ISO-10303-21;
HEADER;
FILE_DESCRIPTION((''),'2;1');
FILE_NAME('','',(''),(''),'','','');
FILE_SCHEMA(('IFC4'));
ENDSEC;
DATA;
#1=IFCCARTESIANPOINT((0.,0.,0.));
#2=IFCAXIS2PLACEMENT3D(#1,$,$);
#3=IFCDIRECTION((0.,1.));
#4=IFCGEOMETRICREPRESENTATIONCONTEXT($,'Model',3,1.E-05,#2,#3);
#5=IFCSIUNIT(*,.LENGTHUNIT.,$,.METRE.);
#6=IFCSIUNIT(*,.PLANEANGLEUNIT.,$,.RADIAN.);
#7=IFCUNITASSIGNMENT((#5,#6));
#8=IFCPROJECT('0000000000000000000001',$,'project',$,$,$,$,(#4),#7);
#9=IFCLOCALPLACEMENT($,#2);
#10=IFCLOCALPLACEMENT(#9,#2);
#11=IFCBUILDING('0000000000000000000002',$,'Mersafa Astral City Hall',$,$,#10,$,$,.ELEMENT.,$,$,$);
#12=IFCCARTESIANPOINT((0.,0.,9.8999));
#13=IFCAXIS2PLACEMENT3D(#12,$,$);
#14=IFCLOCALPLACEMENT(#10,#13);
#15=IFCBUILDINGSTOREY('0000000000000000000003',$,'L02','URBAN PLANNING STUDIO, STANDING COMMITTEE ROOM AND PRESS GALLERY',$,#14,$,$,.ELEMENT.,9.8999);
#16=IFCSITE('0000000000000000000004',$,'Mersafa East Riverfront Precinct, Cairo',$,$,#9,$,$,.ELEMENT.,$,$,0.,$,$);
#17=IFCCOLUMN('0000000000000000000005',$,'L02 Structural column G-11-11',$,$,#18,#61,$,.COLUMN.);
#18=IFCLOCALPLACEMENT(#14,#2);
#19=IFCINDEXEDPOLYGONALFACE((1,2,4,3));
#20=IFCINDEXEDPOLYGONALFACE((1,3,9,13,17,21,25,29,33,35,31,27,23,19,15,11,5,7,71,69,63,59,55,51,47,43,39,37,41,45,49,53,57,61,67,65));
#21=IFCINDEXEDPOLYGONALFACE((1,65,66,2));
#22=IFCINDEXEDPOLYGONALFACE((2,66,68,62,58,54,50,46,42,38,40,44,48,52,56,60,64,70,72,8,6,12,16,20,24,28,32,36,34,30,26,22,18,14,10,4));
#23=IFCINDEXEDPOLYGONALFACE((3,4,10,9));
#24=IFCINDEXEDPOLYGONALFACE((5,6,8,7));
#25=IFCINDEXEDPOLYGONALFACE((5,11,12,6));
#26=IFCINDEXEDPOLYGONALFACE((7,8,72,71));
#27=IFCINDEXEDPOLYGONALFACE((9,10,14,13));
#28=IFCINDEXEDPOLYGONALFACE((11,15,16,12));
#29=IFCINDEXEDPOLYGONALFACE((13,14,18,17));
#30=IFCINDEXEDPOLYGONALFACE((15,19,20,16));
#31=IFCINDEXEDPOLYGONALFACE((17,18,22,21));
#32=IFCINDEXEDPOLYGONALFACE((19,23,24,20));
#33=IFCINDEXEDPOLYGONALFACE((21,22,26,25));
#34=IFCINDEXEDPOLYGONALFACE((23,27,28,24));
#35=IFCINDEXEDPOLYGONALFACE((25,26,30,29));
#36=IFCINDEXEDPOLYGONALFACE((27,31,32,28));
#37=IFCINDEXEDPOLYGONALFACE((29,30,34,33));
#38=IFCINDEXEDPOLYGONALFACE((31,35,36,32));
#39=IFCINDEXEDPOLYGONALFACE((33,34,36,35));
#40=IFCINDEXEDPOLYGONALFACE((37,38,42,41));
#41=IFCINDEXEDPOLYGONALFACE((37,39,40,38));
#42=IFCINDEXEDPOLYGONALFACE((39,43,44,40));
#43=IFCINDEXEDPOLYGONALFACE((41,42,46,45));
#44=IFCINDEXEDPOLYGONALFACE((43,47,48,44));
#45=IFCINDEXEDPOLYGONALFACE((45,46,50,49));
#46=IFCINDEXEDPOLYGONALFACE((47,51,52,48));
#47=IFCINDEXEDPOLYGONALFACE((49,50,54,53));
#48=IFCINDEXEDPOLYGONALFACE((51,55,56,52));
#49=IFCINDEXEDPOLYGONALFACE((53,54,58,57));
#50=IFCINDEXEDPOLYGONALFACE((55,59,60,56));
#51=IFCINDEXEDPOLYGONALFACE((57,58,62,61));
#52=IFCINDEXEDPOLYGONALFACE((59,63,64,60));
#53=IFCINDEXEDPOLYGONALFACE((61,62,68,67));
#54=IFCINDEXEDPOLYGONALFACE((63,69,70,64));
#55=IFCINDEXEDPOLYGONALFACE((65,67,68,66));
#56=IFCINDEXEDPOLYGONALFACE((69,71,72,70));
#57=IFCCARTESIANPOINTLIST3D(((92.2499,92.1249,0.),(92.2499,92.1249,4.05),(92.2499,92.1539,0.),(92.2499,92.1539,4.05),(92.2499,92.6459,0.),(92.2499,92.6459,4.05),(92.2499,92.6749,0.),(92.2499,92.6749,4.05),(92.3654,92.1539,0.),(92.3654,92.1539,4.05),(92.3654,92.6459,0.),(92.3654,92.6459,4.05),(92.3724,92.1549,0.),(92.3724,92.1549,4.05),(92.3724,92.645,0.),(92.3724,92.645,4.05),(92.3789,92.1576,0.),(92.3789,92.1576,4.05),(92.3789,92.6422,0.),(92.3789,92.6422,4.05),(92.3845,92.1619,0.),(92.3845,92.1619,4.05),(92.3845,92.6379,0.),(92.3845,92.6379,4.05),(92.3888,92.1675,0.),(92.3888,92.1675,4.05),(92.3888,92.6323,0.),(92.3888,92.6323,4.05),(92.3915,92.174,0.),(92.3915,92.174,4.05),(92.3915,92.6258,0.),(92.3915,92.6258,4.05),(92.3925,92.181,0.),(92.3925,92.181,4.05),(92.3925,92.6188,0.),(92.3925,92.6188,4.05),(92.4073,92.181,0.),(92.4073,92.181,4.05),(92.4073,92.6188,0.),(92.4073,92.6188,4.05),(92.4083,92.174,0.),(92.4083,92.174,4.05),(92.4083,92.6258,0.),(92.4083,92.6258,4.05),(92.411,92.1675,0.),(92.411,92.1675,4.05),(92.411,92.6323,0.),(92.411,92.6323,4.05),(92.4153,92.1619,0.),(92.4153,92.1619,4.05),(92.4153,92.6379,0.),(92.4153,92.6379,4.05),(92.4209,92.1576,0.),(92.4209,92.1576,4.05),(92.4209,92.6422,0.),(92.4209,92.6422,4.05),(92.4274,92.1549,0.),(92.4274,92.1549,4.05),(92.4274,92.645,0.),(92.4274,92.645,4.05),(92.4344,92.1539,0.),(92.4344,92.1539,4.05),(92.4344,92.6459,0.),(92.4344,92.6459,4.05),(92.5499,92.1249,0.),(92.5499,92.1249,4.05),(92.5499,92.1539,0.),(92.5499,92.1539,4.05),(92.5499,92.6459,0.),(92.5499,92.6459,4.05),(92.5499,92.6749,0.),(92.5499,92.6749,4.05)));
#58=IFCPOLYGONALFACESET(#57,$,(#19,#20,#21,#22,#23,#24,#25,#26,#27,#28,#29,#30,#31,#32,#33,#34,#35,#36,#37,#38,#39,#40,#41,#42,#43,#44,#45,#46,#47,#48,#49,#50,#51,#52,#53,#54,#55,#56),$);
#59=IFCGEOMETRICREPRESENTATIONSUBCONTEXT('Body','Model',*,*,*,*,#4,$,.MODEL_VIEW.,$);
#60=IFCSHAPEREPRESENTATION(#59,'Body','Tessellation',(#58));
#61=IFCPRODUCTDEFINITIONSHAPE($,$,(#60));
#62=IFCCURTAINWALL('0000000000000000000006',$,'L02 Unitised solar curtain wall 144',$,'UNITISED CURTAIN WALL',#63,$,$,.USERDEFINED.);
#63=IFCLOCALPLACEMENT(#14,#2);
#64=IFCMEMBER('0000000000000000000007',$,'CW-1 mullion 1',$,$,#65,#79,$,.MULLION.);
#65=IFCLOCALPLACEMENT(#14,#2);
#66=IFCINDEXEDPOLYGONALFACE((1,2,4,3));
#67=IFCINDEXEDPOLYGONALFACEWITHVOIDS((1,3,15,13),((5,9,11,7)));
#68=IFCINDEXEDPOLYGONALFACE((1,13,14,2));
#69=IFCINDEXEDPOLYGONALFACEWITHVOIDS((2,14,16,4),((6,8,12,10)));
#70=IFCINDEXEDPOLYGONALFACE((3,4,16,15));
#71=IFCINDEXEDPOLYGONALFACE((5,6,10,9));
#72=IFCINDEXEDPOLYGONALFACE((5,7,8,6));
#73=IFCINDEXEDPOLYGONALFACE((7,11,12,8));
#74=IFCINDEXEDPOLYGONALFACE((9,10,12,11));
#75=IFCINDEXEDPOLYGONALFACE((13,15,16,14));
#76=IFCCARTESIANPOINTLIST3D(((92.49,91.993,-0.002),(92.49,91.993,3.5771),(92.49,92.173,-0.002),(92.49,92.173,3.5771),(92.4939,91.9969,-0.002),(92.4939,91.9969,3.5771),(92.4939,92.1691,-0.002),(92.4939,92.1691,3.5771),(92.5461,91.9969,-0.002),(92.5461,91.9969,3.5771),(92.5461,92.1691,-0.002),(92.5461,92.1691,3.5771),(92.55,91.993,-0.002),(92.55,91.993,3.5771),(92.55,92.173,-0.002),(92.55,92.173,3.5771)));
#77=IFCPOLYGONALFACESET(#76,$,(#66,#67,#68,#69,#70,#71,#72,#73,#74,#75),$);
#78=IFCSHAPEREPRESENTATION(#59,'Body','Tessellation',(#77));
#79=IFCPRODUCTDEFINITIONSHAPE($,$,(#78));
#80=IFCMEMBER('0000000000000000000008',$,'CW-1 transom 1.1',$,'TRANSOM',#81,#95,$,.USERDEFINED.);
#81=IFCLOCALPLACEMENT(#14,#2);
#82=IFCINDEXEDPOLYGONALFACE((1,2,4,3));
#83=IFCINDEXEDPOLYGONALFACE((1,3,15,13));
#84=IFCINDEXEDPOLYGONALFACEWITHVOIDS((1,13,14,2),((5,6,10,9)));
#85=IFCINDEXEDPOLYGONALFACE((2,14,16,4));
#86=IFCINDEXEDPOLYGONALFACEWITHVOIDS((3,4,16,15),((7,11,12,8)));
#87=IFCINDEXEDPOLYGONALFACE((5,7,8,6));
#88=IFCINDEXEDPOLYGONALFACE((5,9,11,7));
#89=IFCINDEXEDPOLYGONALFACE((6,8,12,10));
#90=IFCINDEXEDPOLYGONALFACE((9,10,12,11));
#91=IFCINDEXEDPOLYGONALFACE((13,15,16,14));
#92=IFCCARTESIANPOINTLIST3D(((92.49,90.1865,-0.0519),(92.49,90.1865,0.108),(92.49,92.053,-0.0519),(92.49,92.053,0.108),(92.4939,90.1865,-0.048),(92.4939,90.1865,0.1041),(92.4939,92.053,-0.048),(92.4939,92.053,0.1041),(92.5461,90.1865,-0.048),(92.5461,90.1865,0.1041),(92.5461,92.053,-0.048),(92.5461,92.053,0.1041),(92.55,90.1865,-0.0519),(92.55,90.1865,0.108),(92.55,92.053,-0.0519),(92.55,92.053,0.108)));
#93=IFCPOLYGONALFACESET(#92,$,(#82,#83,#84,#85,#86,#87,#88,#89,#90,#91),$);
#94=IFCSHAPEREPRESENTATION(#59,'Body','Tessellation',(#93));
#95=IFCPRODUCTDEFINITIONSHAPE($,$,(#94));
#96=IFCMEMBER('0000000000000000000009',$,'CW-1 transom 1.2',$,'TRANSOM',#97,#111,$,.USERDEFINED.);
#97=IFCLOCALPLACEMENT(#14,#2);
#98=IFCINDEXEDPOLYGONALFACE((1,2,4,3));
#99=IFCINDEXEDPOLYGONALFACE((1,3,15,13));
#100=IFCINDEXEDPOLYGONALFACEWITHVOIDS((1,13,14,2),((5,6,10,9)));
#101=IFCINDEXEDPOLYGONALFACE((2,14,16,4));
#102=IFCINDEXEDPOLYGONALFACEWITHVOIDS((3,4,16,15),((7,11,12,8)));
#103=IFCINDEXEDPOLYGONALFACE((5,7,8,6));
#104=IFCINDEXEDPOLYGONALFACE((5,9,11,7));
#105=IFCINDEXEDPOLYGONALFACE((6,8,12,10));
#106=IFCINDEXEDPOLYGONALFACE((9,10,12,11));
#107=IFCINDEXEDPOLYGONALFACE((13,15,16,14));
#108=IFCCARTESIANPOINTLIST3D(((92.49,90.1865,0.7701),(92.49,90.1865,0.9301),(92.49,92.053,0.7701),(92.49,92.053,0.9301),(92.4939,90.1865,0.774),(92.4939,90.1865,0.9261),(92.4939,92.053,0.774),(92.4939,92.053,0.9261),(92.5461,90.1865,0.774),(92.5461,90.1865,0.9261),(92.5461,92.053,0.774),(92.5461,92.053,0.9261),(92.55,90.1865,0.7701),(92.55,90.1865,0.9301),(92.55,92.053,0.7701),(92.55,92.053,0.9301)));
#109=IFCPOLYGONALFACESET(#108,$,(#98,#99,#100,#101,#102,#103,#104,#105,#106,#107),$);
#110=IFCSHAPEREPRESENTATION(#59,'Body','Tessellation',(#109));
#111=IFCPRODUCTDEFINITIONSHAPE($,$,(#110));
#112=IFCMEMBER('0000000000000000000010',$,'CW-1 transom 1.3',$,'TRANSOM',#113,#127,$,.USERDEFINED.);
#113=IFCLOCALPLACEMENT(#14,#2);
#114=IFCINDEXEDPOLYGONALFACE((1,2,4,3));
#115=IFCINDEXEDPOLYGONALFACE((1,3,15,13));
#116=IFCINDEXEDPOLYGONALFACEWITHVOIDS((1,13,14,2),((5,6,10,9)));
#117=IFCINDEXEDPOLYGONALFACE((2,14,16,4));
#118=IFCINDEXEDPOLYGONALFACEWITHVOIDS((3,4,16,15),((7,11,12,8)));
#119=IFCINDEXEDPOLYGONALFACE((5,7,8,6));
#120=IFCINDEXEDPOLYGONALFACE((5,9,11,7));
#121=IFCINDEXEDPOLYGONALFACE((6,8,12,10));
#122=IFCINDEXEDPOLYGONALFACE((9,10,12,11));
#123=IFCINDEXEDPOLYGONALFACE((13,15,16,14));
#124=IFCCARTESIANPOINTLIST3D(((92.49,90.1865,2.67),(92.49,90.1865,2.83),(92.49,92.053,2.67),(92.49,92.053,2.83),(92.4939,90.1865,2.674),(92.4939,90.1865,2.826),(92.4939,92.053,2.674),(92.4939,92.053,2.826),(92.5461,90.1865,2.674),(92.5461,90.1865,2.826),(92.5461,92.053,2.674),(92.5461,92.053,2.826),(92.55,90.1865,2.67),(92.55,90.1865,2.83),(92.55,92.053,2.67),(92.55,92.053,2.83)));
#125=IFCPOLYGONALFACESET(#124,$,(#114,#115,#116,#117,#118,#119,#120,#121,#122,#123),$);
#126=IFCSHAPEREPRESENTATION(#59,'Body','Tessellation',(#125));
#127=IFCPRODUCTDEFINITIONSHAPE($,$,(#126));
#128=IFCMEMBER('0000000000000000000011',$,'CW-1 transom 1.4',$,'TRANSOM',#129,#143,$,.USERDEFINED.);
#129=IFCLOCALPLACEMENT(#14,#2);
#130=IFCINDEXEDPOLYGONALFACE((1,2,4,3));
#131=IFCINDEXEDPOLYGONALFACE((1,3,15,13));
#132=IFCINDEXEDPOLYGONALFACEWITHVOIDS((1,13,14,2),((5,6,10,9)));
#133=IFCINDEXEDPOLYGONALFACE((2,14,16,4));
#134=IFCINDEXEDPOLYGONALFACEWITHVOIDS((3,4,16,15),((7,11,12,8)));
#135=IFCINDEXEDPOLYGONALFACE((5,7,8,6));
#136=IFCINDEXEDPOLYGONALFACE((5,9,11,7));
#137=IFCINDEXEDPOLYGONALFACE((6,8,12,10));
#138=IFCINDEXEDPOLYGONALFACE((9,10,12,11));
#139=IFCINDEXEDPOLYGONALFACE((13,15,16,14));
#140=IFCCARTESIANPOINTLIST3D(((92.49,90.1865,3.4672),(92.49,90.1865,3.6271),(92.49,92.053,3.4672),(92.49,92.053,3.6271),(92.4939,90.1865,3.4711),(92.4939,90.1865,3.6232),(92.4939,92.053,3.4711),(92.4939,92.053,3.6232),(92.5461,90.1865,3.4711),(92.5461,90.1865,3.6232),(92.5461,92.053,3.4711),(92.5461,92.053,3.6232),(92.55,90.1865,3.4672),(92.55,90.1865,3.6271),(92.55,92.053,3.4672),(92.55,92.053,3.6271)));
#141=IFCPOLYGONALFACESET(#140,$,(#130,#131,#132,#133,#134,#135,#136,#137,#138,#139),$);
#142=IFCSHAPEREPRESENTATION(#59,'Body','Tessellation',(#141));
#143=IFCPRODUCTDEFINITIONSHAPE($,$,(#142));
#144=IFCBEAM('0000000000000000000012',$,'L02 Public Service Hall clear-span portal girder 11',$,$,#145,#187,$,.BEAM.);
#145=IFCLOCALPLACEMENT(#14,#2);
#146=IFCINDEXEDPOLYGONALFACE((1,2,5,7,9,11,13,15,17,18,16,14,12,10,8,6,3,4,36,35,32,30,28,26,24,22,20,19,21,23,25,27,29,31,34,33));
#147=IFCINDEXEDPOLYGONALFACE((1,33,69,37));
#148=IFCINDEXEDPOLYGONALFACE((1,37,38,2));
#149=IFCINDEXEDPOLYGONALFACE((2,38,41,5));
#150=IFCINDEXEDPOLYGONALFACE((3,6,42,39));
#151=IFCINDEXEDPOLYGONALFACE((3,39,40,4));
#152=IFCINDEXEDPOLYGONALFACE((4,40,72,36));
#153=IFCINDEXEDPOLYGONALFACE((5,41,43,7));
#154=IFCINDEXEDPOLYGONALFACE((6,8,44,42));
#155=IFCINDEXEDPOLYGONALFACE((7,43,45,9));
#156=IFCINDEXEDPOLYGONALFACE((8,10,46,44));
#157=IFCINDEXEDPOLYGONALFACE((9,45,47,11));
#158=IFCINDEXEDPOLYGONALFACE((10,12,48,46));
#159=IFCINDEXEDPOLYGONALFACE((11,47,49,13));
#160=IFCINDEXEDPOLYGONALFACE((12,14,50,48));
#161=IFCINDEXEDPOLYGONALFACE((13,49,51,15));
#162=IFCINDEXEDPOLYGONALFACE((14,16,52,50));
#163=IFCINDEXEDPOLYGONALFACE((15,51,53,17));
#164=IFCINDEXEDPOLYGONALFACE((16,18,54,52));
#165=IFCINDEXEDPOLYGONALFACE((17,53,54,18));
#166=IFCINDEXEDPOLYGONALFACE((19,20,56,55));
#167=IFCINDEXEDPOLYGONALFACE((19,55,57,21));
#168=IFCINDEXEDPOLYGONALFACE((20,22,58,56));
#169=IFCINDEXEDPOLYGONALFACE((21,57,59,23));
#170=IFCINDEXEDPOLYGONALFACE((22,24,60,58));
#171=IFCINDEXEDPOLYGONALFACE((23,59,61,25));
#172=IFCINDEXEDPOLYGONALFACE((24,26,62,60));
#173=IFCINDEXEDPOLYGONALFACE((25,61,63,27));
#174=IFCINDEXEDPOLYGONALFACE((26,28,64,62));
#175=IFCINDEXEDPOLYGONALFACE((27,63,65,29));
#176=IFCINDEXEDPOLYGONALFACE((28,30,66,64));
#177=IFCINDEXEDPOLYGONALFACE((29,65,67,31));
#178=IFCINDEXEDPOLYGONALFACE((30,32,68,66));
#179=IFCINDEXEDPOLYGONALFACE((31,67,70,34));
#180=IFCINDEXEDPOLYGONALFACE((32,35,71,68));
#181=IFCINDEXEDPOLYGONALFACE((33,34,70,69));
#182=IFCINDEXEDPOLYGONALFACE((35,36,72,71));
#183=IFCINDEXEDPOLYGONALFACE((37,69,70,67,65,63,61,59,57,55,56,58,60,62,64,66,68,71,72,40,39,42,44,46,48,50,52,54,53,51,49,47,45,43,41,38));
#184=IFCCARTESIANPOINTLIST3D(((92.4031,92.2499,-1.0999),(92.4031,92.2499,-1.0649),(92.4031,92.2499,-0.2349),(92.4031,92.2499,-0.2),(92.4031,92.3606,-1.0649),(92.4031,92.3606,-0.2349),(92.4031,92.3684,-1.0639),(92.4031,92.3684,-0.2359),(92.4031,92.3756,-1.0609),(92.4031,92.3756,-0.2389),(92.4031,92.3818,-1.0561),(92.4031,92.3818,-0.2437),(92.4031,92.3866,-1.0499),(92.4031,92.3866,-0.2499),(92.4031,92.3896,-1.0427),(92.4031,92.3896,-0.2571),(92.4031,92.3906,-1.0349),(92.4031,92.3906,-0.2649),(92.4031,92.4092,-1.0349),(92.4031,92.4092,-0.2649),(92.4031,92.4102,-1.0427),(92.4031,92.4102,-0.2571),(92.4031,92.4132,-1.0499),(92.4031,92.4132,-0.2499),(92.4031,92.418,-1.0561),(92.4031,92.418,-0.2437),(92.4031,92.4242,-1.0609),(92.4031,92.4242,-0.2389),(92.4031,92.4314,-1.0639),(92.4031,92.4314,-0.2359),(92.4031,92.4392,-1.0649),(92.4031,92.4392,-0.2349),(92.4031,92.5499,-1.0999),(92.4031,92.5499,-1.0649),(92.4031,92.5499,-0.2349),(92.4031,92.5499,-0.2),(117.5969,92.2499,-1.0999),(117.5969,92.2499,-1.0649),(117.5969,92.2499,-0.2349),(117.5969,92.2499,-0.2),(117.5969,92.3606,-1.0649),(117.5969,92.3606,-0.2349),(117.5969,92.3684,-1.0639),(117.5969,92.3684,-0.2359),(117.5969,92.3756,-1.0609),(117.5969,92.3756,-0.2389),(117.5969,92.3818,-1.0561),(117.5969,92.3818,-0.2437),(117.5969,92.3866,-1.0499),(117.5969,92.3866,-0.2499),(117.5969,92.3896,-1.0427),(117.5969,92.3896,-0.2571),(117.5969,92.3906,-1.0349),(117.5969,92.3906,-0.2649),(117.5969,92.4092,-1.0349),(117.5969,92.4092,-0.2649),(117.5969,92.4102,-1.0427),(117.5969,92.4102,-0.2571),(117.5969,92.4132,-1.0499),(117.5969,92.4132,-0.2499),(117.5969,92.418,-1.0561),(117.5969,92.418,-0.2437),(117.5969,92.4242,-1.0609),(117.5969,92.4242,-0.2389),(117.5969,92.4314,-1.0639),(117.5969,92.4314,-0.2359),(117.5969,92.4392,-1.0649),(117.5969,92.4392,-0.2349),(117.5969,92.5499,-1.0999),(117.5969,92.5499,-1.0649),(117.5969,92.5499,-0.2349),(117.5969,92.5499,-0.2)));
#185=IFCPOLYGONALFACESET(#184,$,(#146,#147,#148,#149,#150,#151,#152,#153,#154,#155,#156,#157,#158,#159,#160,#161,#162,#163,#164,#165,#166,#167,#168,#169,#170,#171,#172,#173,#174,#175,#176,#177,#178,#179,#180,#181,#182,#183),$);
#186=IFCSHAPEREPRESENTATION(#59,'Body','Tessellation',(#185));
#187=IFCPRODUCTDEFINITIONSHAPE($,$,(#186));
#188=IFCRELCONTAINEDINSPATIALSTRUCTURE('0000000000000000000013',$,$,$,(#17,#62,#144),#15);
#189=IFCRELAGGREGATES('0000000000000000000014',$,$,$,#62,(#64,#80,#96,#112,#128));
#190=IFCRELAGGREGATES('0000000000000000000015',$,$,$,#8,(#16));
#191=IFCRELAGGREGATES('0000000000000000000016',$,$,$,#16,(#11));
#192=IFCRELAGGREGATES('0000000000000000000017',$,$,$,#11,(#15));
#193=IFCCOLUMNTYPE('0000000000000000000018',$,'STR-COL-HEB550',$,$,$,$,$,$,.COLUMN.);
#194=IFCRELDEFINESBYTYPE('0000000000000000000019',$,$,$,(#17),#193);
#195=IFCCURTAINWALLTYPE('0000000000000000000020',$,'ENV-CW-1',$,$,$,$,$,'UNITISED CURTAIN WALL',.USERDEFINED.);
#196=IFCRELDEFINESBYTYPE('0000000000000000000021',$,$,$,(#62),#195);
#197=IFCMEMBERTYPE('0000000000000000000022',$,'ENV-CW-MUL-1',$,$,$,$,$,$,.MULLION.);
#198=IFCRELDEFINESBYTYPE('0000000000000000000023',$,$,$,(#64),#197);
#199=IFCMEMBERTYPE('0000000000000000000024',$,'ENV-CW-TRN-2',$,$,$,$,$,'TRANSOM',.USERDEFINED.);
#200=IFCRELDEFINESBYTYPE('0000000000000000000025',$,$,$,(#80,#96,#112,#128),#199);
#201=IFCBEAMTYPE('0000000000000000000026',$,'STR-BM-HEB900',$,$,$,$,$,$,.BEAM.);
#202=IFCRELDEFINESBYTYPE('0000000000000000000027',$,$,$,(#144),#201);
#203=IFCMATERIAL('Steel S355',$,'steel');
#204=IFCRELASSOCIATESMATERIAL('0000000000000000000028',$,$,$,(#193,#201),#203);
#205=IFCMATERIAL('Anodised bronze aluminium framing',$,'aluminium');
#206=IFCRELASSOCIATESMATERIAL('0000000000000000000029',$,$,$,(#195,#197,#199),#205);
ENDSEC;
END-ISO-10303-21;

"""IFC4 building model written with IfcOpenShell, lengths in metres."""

from ifc_helpers import new_model, si_unit, direction, frame, origin, origin_2d, place, context, subcontext, project, spatial, hollow_rectangle, i_section, extrude, material, material_profile, profile_set, type_object, element, aggregate, save


model = new_model("IFC4")

# Units and contexts
model_context = context("Model", 3, precision=1e-05, world=origin(), true_north=direction((0.0, 1.0)))
body_context = subcontext(model_context, "Body", "Model", "MODEL_VIEW")
ifc_project = project(units=[si_unit("LENGTHUNIT", "METRE"), si_unit("PLANEANGLEUNIT", "RADIAN")], contexts=[model_context])

# Site, building, storey
site_placement = place(None, origin())
site = spatial("IfcSite", under=ifc_project, at=site_placement, Name="Mersafa East Riverfront Precinct, Cairo", CompositionType="ELEMENT", RefElevation=0.0)
building_placement = place(site_placement, origin())
building = spatial("IfcBuilding", under=site, at=building_placement, Name="Mersafa Astral City Hall", CompositionType="ELEMENT")
storey_placement = place(building_placement, frame((0.0, 0.0, 9.8999)))
storey = spatial("IfcBuildingStorey", under=building, at=storey_placement, Name="L02", Description="URBAN PLANNING STUDIO, STANDING COMMITTEE ROOM AND PRESS GALLERY", CompositionType="ELEMENT", Elevation=9.8999)

# Column
ifc_material_1 = material(Name="Steel S355", Category="steel")
ifc_material_profile_1 = material_profile(ifc_material_1, i_section(OverallWidth=0.3, OverallDepth=0.55, WebThickness=0.0149, FlangeThickness=0.0291, FilletRadius=0.0271, at=origin_2d()), Name="HEB 550")
ifc_profile_set_1 = profile_set([ifc_material_profile_1], Name="Steel S355")
column_type = type_object("IfcColumnType", Name="STR-COL-HEB550", PredefinedType="COLUMN", material=ifc_profile_set_1)
column_placement = place(storey_placement, frame((92.3999, 92.3999, 0.0), z_axis=(0.0, 0.0, 1.0), x_axis=(1.0, 0.0, 0.0)))
element("IfcColumn", 1, at=column_placement, inside=storey, type_object=column_type, Name="L02 Structural column G-11-11", PredefinedType="COLUMN", context=body_context, shape_type="SweptSolid", body=[
    extrude(i_section(OverallWidth=0.3, OverallDepth=0.55, WebThickness=0.0149, FlangeThickness=0.0291, FilletRadius=0.0271, at=origin_2d()), origin(), (0.0, 0.0, 1.0), 4.05),
])

# Curtain wall, members
ifc_material_2 = material(Name="Anodised bronze aluminium framing", Category="aluminium")
curtain_wall_type = type_object("IfcCurtainWallType", Name="ENV-CW-1", ElementType="UNITISED CURTAIN WALL", PredefinedType="USERDEFINED", material=ifc_material_2)
curtain_wall_placement = place(storey_placement, origin())
curtain_wall = element("IfcCurtainWall", 2, at=curtain_wall_placement, inside=storey, type_object=curtain_wall_type, Name="L02 Unitised solar curtain wall 144", ObjectType="UNITISED CURTAIN WALL", PredefinedType="USERDEFINED")
ifc_material_profile_2 = material_profile(ifc_material_2, hollow_rectangle(XDim=0.0601, YDim=0.1799, WallThickness=0.0039, at=origin_2d()), Name="RHS 60x180x4")
ifc_profile_set_2 = profile_set([ifc_material_profile_2], Name="Anodised bronze aluminium framing")
member_type_1 = type_object("IfcMemberType", Name="ENV-CW-MUL-1", PredefinedType="MULLION", material=ifc_profile_set_2)
member_1_placement = place(storey_placement, frame((92.52, 92.083, -0.002), z_axis=(0.0, 0.0, 1.0), x_axis=(1.0, 0.0, 0.0)))
member_1 = element("IfcMember", 3, at=member_1_placement, type_object=member_type_1, Name="CW-1 mullion 1", PredefinedType="MULLION", context=body_context, shape_type="SweptSolid", body=[
    extrude(hollow_rectangle(XDim=0.0601, YDim=0.1799, WallThickness=0.0039, at=origin_2d()), origin(), (0.0, 0.0, 1.0), 3.5791),
])
ifc_material_profile_3 = material_profile(ifc_material_2, hollow_rectangle(XDim=0.0601, YDim=0.1599, WallThickness=0.0039, at=origin_2d()), Name="RHS 60x160x4")
ifc_profile_set_3 = profile_set([ifc_material_profile_3], Name="Anodised bronze aluminium framing")
member_type_2 = type_object("IfcMemberType", Name="ENV-CW-TRN-2", ElementType="TRANSOM", PredefinedType="USERDEFINED", material=ifc_profile_set_3)
member_2_placement = place(storey_placement, frame((92.52, 92.053, 0.0281), z_axis=(0.0, -1.0, 0.0), x_axis=(1.0, 0.0, 0.0)))
member_2 = element("IfcMember", 4, at=member_2_placement, type_object=member_type_2, Name="CW-1 transom 1.1", ObjectType="TRANSOM", PredefinedType="USERDEFINED", context=body_context, shape_type="SweptSolid", body=[
    extrude(hollow_rectangle(XDim=0.0601, YDim=0.1599, WallThickness=0.0039, at=origin_2d()), origin(), (0.0, 0.0, 1.0), 1.8665),
])
member_3_placement = place(storey_placement, frame((92.52, 92.053, 0.8501), z_axis=(0.0, -1.0, 0.0), x_axis=(1.0, 0.0, 0.0)))
member_3 = element("IfcMember", 5, at=member_3_placement, type_object=member_type_2, Name="CW-1 transom 1.2", ObjectType="TRANSOM", PredefinedType="USERDEFINED", context=body_context, shape_type="SweptSolid", body=[
    extrude(hollow_rectangle(XDim=0.0601, YDim=0.1599, WallThickness=0.0039, at=origin_2d()), origin(), (0.0, 0.0, 1.0), 1.8665),
])
member_4_placement = place(storey_placement, frame((92.52, 92.053, 2.75), z_axis=(0.0, -1.0, 0.0), x_axis=(1.0, 0.0, 0.0)))
member_4 = element("IfcMember", 6, at=member_4_placement, type_object=member_type_2, Name="CW-1 transom 1.3", ObjectType="TRANSOM", PredefinedType="USERDEFINED", context=body_context, shape_type="SweptSolid", body=[
    extrude(hollow_rectangle(XDim=0.0601, YDim=0.1599, WallThickness=0.0039, at=origin_2d()), origin(), (0.0, 0.0, 1.0), 1.8665),
])
member_5_placement = place(storey_placement, frame((92.52, 92.053, 3.5471), z_axis=(0.0, -1.0, 0.0), x_axis=(1.0, 0.0, 0.0)))
member_5 = element("IfcMember", 7, at=member_5_placement, type_object=member_type_2, Name="CW-1 transom 1.4", ObjectType="TRANSOM", PredefinedType="USERDEFINED", context=body_context, shape_type="SweptSolid", body=[
    extrude(hollow_rectangle(XDim=0.0601, YDim=0.1599, WallThickness=0.0039, at=origin_2d()), origin(), (0.0, 0.0, 1.0), 1.8665),
])

# Beam
ifc_material_profile_4 = material_profile(ifc_material_1, i_section(OverallWidth=0.3, OverallDepth=0.8999, WebThickness=0.0186, FlangeThickness=0.0349, FilletRadius=0.03, at=origin_2d()), Name="HEB 900")
ifc_profile_set_4 = profile_set([ifc_material_profile_4], Name="Steel S355")
beam_type = type_object("IfcBeamType", Name="STR-BM-HEB900", PredefinedType="BEAM", material=ifc_profile_set_4)
beam_placement = place(storey_placement, frame((92.4031, 92.3999, -0.6499), z_axis=(1.0, 0.0, 0.0), x_axis=(0.0, 1.0, 0.0)))
element("IfcBeam", 8, at=beam_placement, inside=storey, type_object=beam_type, Name="L02 Public Service Hall clear-span portal girder 11", PredefinedType="BEAM", context=body_context, shape_type="SweptSolid", body=[
    extrude(i_section(OverallWidth=0.3, OverallDepth=0.8999, WebThickness=0.0186, FlangeThickness=0.0349, FilletRadius=0.03, at=origin_2d()), origin(), (0.0, 0.0, 1.0), 25.1938),
])

aggregate(curtain_wall, [member_1, member_2, member_3, member_4, member_5])

save(model, "model.ifc")
